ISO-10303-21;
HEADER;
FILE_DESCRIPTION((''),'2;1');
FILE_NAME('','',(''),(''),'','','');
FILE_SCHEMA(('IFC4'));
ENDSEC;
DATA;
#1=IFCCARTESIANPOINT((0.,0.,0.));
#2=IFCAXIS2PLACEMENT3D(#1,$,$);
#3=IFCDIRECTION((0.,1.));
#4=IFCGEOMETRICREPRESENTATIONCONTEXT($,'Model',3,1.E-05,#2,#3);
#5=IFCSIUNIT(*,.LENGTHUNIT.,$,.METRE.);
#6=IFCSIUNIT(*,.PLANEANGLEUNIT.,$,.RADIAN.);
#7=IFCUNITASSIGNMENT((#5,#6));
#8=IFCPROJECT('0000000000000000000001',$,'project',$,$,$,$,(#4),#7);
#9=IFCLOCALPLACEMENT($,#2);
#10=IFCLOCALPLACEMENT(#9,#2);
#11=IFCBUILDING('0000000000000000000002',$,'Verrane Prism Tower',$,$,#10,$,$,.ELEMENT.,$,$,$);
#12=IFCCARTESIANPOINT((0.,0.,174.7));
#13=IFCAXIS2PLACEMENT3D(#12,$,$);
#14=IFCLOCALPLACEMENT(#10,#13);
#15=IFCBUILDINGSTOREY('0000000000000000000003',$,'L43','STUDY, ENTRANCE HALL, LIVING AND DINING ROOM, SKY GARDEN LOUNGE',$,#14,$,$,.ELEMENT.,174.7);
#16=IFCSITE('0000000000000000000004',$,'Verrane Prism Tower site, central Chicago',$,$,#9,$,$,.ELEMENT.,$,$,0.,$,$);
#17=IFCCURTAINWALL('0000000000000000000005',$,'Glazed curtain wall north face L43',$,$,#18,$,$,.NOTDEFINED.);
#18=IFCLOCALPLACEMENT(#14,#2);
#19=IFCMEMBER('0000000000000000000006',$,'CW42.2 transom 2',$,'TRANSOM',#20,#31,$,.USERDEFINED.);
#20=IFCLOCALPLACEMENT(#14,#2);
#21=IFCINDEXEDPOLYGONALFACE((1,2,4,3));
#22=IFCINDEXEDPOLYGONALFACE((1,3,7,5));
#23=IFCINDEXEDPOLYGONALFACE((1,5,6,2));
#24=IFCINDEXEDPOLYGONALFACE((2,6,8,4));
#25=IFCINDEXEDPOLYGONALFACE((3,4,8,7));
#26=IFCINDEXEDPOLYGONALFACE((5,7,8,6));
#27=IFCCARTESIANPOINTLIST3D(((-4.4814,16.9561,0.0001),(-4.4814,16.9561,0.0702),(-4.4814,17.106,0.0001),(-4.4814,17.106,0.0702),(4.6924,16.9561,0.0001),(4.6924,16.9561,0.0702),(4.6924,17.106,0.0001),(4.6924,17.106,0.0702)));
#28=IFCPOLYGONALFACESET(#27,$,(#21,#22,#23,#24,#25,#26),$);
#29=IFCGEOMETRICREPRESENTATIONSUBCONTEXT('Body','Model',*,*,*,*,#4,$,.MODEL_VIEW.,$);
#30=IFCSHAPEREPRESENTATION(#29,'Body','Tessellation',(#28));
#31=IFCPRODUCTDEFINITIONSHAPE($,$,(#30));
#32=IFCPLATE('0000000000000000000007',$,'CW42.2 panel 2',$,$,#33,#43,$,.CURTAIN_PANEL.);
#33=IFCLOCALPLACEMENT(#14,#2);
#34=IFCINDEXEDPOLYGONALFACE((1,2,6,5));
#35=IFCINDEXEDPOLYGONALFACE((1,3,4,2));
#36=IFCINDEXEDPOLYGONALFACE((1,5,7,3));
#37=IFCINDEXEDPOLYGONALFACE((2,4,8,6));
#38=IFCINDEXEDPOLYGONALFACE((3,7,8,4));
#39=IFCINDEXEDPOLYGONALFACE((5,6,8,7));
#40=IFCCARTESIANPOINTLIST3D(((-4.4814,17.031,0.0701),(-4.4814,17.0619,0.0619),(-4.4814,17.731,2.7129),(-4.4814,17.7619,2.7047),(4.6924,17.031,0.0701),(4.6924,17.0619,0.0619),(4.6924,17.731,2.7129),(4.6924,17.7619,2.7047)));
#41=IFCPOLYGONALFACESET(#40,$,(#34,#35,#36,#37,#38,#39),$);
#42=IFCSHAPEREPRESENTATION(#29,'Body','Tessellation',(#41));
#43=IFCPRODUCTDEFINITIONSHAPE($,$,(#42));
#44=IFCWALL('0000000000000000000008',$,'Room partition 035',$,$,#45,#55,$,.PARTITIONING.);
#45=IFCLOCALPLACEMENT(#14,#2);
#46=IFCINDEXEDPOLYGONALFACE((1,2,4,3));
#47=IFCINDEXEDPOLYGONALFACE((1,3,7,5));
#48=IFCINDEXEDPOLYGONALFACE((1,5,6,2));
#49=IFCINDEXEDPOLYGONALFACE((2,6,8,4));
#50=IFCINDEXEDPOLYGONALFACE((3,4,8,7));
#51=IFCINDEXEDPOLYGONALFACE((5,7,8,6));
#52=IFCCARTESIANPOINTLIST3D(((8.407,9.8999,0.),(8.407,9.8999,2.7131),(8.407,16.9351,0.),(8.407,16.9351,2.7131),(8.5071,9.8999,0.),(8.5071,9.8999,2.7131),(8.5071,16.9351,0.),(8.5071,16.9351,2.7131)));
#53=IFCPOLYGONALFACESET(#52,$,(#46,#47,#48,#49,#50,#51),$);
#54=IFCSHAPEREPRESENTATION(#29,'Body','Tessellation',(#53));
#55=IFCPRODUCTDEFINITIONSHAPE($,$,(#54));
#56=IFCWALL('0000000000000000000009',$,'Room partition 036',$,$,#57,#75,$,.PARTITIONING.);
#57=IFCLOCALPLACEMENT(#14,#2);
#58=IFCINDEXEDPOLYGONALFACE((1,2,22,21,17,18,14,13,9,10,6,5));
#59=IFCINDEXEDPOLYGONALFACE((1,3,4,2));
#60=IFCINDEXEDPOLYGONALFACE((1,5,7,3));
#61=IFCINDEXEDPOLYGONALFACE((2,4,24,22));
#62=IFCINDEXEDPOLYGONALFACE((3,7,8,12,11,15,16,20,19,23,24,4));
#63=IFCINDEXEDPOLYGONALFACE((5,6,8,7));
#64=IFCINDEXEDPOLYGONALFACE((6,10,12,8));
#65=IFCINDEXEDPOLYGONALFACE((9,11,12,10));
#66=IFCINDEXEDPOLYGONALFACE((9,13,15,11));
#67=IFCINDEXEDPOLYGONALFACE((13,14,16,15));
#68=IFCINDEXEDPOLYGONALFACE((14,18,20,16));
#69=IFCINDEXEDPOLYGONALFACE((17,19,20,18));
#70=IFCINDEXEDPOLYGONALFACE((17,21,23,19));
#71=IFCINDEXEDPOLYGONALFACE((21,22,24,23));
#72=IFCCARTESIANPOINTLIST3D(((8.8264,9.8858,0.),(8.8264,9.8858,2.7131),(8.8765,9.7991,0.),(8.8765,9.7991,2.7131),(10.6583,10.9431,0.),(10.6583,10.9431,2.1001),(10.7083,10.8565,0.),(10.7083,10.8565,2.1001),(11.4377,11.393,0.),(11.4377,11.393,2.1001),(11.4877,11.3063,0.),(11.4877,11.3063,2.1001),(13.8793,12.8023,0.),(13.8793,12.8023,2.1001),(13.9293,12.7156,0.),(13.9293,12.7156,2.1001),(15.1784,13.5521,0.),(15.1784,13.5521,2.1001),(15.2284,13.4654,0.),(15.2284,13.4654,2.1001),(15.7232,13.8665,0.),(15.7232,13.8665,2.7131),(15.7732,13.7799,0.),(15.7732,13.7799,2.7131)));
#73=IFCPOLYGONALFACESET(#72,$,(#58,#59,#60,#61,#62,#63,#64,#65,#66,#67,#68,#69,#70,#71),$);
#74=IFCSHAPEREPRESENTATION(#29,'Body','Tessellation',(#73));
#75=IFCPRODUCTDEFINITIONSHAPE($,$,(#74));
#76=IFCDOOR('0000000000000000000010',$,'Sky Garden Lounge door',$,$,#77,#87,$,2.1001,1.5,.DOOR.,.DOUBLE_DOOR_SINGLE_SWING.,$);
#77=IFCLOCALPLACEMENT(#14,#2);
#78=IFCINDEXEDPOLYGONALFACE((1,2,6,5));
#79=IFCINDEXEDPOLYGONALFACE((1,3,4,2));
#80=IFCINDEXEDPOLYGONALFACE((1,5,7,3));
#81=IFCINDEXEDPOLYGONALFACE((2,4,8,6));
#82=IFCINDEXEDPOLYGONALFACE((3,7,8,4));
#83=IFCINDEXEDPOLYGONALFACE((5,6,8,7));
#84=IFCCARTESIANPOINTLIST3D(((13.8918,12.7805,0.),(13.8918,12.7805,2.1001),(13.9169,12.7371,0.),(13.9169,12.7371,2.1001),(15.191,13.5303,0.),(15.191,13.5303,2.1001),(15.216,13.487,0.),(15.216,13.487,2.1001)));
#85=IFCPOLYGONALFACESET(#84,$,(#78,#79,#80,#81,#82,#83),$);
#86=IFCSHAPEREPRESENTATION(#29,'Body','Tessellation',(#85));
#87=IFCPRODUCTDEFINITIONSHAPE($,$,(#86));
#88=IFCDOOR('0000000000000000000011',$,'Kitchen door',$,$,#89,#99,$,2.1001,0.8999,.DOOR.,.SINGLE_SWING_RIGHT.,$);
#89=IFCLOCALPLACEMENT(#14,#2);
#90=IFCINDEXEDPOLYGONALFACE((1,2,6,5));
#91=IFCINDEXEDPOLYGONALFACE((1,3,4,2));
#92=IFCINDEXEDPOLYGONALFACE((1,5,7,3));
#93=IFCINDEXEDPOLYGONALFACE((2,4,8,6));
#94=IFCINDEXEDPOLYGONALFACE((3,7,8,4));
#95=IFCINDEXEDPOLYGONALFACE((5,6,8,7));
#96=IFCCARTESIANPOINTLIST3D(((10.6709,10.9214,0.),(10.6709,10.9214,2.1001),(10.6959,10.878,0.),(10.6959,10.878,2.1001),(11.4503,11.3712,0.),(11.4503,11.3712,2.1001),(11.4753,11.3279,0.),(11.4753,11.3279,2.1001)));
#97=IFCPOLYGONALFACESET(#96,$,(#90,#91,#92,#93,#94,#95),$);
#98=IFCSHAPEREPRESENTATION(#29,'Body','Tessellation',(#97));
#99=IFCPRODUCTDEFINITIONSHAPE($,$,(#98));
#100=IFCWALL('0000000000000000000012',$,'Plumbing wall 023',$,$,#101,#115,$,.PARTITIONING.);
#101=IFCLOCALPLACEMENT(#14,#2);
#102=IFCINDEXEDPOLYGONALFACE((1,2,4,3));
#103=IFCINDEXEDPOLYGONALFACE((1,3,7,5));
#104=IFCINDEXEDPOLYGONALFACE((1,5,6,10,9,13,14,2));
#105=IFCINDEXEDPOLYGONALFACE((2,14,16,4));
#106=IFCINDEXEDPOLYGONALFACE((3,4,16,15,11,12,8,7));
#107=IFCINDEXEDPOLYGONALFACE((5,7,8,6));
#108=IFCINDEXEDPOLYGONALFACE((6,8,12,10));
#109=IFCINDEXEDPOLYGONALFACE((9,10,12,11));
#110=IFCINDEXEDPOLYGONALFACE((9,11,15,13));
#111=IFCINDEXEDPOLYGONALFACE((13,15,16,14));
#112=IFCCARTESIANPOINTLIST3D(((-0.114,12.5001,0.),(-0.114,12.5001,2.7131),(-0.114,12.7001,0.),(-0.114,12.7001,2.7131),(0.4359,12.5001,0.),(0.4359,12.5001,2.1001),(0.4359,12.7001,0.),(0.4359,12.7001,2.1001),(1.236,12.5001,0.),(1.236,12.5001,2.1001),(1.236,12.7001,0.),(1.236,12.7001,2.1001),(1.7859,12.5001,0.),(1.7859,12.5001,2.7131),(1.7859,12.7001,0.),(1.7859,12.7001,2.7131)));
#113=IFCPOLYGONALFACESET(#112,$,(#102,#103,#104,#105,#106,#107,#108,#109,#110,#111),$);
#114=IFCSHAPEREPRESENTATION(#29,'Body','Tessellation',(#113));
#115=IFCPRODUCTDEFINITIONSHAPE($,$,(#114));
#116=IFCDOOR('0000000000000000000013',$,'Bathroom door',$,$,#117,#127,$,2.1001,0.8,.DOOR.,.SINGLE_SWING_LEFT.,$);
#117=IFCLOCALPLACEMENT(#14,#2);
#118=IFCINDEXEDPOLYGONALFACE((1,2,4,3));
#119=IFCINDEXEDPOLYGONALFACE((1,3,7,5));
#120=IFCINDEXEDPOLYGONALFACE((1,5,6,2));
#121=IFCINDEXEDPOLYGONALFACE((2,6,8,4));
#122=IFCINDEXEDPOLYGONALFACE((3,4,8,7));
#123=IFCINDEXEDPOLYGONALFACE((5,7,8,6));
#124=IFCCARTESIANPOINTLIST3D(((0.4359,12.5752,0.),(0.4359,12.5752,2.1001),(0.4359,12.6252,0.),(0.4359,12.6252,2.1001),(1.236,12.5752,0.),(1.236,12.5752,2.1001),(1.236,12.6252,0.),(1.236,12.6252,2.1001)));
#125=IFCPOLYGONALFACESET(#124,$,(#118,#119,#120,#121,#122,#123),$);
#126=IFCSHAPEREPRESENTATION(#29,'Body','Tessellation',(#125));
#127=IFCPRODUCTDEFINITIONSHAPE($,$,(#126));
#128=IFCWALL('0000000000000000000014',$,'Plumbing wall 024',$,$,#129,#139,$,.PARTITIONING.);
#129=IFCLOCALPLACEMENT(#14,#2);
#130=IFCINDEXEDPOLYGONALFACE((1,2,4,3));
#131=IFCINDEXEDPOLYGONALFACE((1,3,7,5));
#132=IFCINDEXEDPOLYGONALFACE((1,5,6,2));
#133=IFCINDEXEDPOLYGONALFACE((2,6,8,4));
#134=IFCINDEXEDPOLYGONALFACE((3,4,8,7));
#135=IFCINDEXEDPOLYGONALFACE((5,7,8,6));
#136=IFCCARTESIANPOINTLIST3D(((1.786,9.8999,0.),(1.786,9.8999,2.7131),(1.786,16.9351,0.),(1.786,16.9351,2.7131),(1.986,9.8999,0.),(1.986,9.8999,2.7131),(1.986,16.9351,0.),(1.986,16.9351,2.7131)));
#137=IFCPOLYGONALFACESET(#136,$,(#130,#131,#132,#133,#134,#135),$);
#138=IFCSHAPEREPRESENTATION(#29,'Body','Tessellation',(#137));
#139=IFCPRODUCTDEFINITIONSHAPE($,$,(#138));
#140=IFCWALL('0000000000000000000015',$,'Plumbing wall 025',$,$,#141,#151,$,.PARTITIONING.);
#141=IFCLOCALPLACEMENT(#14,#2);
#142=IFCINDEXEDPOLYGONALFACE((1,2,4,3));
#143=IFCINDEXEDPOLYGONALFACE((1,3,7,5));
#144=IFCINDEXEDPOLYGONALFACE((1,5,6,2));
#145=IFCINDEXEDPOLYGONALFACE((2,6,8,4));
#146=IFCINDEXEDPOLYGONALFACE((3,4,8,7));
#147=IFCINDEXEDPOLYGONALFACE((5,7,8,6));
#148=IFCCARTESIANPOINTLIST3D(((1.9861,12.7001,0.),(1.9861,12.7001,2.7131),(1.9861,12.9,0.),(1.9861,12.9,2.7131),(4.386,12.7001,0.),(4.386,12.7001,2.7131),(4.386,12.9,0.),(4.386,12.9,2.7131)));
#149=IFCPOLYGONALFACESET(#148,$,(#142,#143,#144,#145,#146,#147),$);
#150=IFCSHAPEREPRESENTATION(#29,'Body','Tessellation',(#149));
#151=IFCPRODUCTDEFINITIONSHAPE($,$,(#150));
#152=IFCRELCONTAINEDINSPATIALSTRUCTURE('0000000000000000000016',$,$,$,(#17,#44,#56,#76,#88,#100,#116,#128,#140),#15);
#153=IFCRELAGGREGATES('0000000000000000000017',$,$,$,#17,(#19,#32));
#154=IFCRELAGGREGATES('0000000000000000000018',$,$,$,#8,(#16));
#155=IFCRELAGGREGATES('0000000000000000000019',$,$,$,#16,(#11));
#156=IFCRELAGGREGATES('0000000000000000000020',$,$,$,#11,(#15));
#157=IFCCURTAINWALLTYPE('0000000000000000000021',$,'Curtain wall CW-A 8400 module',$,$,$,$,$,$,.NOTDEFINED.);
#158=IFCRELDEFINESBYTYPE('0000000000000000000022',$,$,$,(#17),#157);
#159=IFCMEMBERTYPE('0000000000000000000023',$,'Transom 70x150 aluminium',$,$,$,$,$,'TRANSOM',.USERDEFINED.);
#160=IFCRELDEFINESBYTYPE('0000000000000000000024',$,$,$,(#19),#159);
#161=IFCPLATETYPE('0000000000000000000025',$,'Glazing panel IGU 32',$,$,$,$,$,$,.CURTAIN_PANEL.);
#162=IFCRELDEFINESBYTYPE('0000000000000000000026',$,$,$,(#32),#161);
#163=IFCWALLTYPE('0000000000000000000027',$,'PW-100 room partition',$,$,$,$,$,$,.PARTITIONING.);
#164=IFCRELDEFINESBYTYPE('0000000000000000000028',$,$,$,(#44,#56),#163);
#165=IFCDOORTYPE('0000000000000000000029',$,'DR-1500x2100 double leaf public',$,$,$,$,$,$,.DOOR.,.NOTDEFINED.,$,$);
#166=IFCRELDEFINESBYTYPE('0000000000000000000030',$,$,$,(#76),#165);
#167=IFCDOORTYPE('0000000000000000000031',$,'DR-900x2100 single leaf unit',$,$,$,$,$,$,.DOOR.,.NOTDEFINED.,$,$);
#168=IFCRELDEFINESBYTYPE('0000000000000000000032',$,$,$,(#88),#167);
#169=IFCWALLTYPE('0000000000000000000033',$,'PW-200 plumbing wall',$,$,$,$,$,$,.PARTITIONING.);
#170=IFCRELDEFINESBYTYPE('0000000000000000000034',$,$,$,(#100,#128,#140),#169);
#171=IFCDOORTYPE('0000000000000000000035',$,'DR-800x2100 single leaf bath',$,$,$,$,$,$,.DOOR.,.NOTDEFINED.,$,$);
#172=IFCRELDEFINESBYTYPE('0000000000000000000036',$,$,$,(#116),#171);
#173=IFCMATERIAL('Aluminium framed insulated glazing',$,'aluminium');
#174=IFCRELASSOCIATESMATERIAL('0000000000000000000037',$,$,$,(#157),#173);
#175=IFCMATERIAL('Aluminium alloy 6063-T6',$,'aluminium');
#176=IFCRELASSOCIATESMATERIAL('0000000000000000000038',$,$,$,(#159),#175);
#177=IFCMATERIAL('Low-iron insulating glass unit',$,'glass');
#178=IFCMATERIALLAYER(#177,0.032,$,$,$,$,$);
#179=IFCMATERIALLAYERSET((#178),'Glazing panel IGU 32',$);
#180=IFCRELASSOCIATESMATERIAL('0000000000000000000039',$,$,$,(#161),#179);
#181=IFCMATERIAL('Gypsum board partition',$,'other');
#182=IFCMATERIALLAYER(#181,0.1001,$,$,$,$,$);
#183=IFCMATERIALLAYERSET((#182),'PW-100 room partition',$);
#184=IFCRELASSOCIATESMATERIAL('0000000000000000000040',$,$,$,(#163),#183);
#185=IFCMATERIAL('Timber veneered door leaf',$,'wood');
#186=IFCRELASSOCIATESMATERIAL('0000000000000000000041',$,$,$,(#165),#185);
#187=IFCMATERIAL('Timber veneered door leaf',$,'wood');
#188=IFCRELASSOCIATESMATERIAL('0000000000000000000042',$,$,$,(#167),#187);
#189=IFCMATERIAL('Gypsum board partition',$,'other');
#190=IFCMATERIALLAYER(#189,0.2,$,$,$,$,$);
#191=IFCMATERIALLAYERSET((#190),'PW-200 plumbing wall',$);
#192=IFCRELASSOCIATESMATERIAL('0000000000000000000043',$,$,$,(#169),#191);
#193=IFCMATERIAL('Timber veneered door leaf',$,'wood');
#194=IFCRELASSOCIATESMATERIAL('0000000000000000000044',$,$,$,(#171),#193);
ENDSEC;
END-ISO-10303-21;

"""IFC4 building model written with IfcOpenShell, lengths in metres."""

from ifc_helpers import new_model, si_unit, direction, frame, frame_2d, origin, origin_2d, place, context, subcontext, project, spatial, polyline, rectangle, outline, extrude, material, layer, layer_set, material_profile, profile_set, type_object, element, fill, aggregate, save


model = new_model("IFC4")

# Units and contexts
model_context = context("Model", 3, precision=1e-05, world=origin(), true_north=direction((0.0, 1.0)))
body_context = subcontext(model_context, "Body", "Model", "MODEL_VIEW")
ifc_project = project(units=[si_unit("LENGTHUNIT", "METRE"), si_unit("PLANEANGLEUNIT", "RADIAN")], contexts=[model_context])

# Site, building, storey
site_placement = place(None, origin())
site = spatial("IfcSite", under=ifc_project, at=site_placement, Name="Verrane Prism Tower site, central Chicago", CompositionType="ELEMENT", RefElevation=0.0)
building_placement = place(site_placement, origin())
building = spatial("IfcBuilding", under=site, at=building_placement, Name="Verrane Prism Tower", CompositionType="ELEMENT")
storey_placement = place(building_placement, frame((0.0, 0.0, 174.7)))
storey = spatial("IfcBuildingStorey", under=building, at=storey_placement, Name="L43", Description="STUDY, ENTRANCE HALL, LIVING AND DINING ROOM, SKY GARDEN LOUNGE", CompositionType="ELEMENT", Elevation=174.7)

# Curtain wall
ifc_material_1 = material(Name="Aluminium framed insulated glazing", Category="aluminium")
curtain_wall_type = type_object("IfcCurtainWallType", Name="Curtain wall CW-A 8400 module", PredefinedType="NOTDEFINED", material=ifc_material_1)
curtain_wall_placement = place(storey_placement, origin())
curtain_wall = element("IfcCurtainWall", 1, at=curtain_wall_placement, inside=storey, type_object=curtain_wall_type, Name="Glazed curtain wall north face L43", PredefinedType="NOTDEFINED")

# Member
ifc_material_2 = material(Name="Aluminium alloy 6063-T6", Category="aluminium")
ifc_material_profile_1 = material_profile(ifc_material_2, rectangle(XDim=0.1499, YDim=0.0701, at=origin_2d()), Name="Transom 70x150 aluminium")
ifc_profile_set_1 = profile_set([ifc_material_profile_1], Name="Aluminium alloy 6063-T6")
member_type_1 = type_object("IfcMemberType", Name="Transom 70x150 aluminium", ElementType="TRANSOM", PredefinedType="USERDEFINED", material=ifc_profile_set_1)
member_1_placement = place(storey_placement, frame((4.6924, 17.031, 0.0352), z_axis=(-1.0, 0.0, 0.0), x_axis=(0.0, -1.0, 0.0)))
member_1 = element("IfcMember", 2, at=member_1_placement, type_object=member_type_1, Name="CW42.2 transom 2", ObjectType="TRANSOM", PredefinedType="USERDEFINED", context=body_context, shape_type="SweptSolid", body=[
    extrude(rectangle(XDim=0.1499, YDim=0.0701, at=origin_2d()), origin(), (0.0, 0.0, 1.0), 9.1738),
])

# Plate
ifc_material_3 = material(Name="Low-iron insulating glass unit", Category="glass")
ifc_layer_1 = layer(ifc_material_3, 0.032)
ifc_layer_set_1 = layer_set([ifc_layer_1], Name="Glazing panel IGU 32")
plate_type = type_object("IfcPlateType", Name="Glazing panel IGU 32", PredefinedType="CURTAIN_PANEL", material=ifc_layer_set_1)
plate_placement = place(storey_placement, frame((4.6924, 17.031, 0.0701), z_axis=(0.0, -0.966671, 0.256023), x_axis=(-1.0, 0.0, 0.0)))
plate = element("IfcPlate", 3, at=plate_placement, type_object=plate_type, Name="CW42.2 panel 2", PredefinedType="CURTAIN_PANEL", context=body_context, shape_type="SweptSolid", body=[
    extrude(outline(polyline([(0.0, 0.0), (9.1738, 0.0), (9.1738, -2.7339), (0.0, -2.7339), (0.0, 0.0)])), origin(), (0.0, 0.0, -1.0), 0.032),
])
aggregate(curtain_wall, [member_1, plate])

# Wall
ifc_material_4 = material(Name="Gypsum board partition", Category="other")
ifc_layer_2 = layer(ifc_material_4, 0.1001)
ifc_layer_set_2 = layer_set([ifc_layer_2], Name="PW-100 room partition")
wall_type_1 = type_object("IfcWallType", Name="PW-100 room partition", PredefinedType="PARTITIONING", material=ifc_layer_set_2)
wall_1_placement = place(storey_placement, frame((8.457, 9.8999, 0.0), z_axis=(0.0, 0.0, 1.0), x_axis=(0.0, 1.0, 0.0)))
element("IfcWall", 4, at=wall_1_placement, inside=storey, type_object=wall_type_1, Name="Room partition 035", PredefinedType="PARTITIONING", context=body_context, shape_type="SweptSolid", body=[
    extrude(rectangle(XDim=7.0352, YDim=0.1001, at=frame_2d((3.5176, 0.0))), origin(), (0.0, 0.0, 1.0), 2.7131),
])

# Wall, openings, doors
wall_2_placement = place(storey_placement, frame((8.8516, 9.8425, 0.0), z_axis=(0.0, 0.0, 1.0), x_axis=(0.866086, 0.499895, 0.0)))
wall_2 = element("IfcWall", 5, at=wall_2_placement, inside=storey, type_object=wall_type_1, Name="Room partition 036", PredefinedType="PARTITIONING", context=body_context, shape_type="SweptSolid", body=[
    extrude(rectangle(XDim=7.9631, YDim=0.1001, at=frame_2d((3.9814, 0.0))), origin(), (0.0, 0.0, 1.0), 2.7131),
])
opening_1_placement = place(wall_2_placement, frame((5.834, 0.0, 0.0)))
opening_1 = element("IfcOpeningElement", 6, at=opening_1_placement, cuts=wall_2, PredefinedType="OPENING", context=body_context, shape_type="SweptSolid", body=[
    extrude(rectangle(XDim=1.5, YDim=2.1001, at=frame_2d((0.75, 1.05))), frame((0.0, 0.0601, 0.0), z_axis=(0.0, -1.0, 0.0), x_axis=(1.0, 0.0, 0.0)), (0.0, 0.0, 1.0), 0.1201),
])
opening_2_placement = place(wall_2_placement, frame((2.115, 0.0, 0.0)))
opening_2 = element("IfcOpeningElement", 7, at=opening_2_placement, cuts=wall_2, PredefinedType="OPENING", context=body_context, shape_type="SweptSolid", body=[
    extrude(rectangle(XDim=0.8999, YDim=2.1001, at=frame_2d((0.45, 1.05))), frame((0.0, 0.0601, 0.0), z_axis=(0.0, -1.0, 0.0), x_axis=(1.0, 0.0, 0.0)), (0.0, 0.0, 1.0), 0.1201),
])
ifc_material_5 = material(Name="Timber veneered door leaf", Category="wood")
door_type_1 = type_object("IfcDoorType", Name="DR-1500x2100 double leaf public", OperationType="NOTDEFINED", PredefinedType="DOOR", material=ifc_material_5)
door_1_placement = place(opening_1_placement, origin())
door_1 = element("IfcDoor", 8, at=door_1_placement, inside=storey, type_object=door_type_1, Name="Sky Garden Lounge door", OperationType="DOUBLE_DOOR_SINGLE_SWING", OverallHeight=2.1001, OverallWidth=1.5, PredefinedType="DOOR", context=body_context, shape_type="SweptSolid", body=[
    extrude(rectangle(XDim=1.5, YDim=2.1001, at=frame_2d((0.75, 1.05))), frame((0.0, 0.0249, 0.0), z_axis=(0.0, -1.0, 0.0), x_axis=(1.0, 0.0, 0.0)), (0.0, 0.0, 1.0), 0.05),
])
fill(opening_1, door_1)
ifc_material_6 = material(Name="Timber veneered door leaf", Category="wood")
door_type_2 = type_object("IfcDoorType", Name="DR-900x2100 single leaf unit", OperationType="NOTDEFINED", PredefinedType="DOOR", material=ifc_material_6)
door_2_placement = place(opening_2_placement, origin())
door_2 = element("IfcDoor", 9, at=door_2_placement, inside=storey, type_object=door_type_2, Name="Kitchen door", OperationType="SINGLE_SWING_RIGHT", OverallHeight=2.1001, OverallWidth=0.8999, PredefinedType="DOOR", context=body_context, shape_type="SweptSolid", body=[
    extrude(rectangle(XDim=0.8999, YDim=2.1001, at=frame_2d((0.45, 1.05))), frame((0.0, 0.0249, 0.0), z_axis=(0.0, -1.0, 0.0), x_axis=(1.0, 0.0, 0.0)), (0.0, 0.0, 1.0), 0.05),
])
fill(opening_2, door_2)

# Wall, opening, door
ifc_material_7 = material(Name="Gypsum board partition", Category="other")
ifc_layer_3 = layer(ifc_material_7, 0.2)
ifc_layer_set_3 = layer_set([ifc_layer_3], Name="PW-200 plumbing wall")
wall_type_2 = type_object("IfcWallType", Name="PW-200 plumbing wall", PredefinedType="PARTITIONING", material=ifc_layer_set_3)
wall_3_placement = place(storey_placement, frame((1.7859, 12.6001, 0.0), z_axis=(0.0, 0.0, 1.0), x_axis=(-1.0, 0.0, 0.0)))
wall_3 = element("IfcWall", 10, at=wall_3_placement, inside=storey, type_object=wall_type_2, Name="Plumbing wall 023", PredefinedType="PARTITIONING", context=body_context, shape_type="SweptSolid", body=[
    extrude(rectangle(XDim=1.8999, YDim=0.2, at=frame_2d((0.95, 0.0))), origin(), (0.0, 0.0, 1.0), 2.7131),
])
opening_3_placement = place(wall_3_placement, frame((0.55, 0.0, 0.0)))
opening_3 = element("IfcOpeningElement", 11, at=opening_3_placement, cuts=wall_3, PredefinedType="OPENING", context=body_context, shape_type="SweptSolid", body=[
    extrude(rectangle(XDim=0.8, YDim=2.1001, at=frame_2d((0.3999, 1.05))), frame((0.0, 0.1099, 0.0), z_axis=(0.0, -1.0, 0.0), x_axis=(1.0, 0.0, 0.0)), (0.0, 0.0, 1.0), 0.22),
])
ifc_material_8 = material(Name="Timber veneered door leaf", Category="wood")
door_type_3 = type_object("IfcDoorType", Name="DR-800x2100 single leaf bath", OperationType="NOTDEFINED", PredefinedType="DOOR", material=ifc_material_8)
door_3_placement = place(opening_3_placement, origin())
door_3 = element("IfcDoor", 12, at=door_3_placement, inside=storey, type_object=door_type_3, Name="Bathroom door", OperationType="SINGLE_SWING_LEFT", OverallHeight=2.1001, OverallWidth=0.8, PredefinedType="DOOR", context=body_context, shape_type="SweptSolid", body=[
    extrude(rectangle(XDim=0.8, YDim=2.1001, at=frame_2d((0.3999, 1.05))), frame((0.0, 0.0249, 0.0), z_axis=(0.0, -1.0, 0.0), x_axis=(1.0, 0.0, 0.0)), (0.0, 0.0, 1.0), 0.05),
])
fill(opening_3, door_3)

# Walls
wall_4_placement = place(storey_placement, frame((1.886, 9.8999, 0.0), z_axis=(0.0, 0.0, 1.0), x_axis=(0.0, 1.0, 0.0)))
element("IfcWall", 13, at=wall_4_placement, inside=storey, type_object=wall_type_2, Name="Plumbing wall 024", PredefinedType="PARTITIONING", context=body_context, shape_type="SweptSolid", body=[
    extrude(rectangle(XDim=7.0352, YDim=0.2, at=frame_2d((3.5176, 0.0))), origin(), (0.0, 0.0, 1.0), 2.7131),
])
wall_5_placement = place(storey_placement, frame((1.9861, 12.8, 0.0), z_axis=(0.0, 0.0, 1.0), x_axis=(1.0, 0.0, 0.0)))
element("IfcWall", 14, at=wall_5_placement, inside=storey, type_object=wall_type_2, Name="Plumbing wall 025", PredefinedType="PARTITIONING", context=body_context, shape_type="SweptSolid", body=[
    extrude(rectangle(XDim=2.3999, YDim=0.2, at=frame_2d((1.2, 0.0))), origin(), (0.0, 0.0, 1.0), 2.7131),
])

save(model, "model.ifc")
